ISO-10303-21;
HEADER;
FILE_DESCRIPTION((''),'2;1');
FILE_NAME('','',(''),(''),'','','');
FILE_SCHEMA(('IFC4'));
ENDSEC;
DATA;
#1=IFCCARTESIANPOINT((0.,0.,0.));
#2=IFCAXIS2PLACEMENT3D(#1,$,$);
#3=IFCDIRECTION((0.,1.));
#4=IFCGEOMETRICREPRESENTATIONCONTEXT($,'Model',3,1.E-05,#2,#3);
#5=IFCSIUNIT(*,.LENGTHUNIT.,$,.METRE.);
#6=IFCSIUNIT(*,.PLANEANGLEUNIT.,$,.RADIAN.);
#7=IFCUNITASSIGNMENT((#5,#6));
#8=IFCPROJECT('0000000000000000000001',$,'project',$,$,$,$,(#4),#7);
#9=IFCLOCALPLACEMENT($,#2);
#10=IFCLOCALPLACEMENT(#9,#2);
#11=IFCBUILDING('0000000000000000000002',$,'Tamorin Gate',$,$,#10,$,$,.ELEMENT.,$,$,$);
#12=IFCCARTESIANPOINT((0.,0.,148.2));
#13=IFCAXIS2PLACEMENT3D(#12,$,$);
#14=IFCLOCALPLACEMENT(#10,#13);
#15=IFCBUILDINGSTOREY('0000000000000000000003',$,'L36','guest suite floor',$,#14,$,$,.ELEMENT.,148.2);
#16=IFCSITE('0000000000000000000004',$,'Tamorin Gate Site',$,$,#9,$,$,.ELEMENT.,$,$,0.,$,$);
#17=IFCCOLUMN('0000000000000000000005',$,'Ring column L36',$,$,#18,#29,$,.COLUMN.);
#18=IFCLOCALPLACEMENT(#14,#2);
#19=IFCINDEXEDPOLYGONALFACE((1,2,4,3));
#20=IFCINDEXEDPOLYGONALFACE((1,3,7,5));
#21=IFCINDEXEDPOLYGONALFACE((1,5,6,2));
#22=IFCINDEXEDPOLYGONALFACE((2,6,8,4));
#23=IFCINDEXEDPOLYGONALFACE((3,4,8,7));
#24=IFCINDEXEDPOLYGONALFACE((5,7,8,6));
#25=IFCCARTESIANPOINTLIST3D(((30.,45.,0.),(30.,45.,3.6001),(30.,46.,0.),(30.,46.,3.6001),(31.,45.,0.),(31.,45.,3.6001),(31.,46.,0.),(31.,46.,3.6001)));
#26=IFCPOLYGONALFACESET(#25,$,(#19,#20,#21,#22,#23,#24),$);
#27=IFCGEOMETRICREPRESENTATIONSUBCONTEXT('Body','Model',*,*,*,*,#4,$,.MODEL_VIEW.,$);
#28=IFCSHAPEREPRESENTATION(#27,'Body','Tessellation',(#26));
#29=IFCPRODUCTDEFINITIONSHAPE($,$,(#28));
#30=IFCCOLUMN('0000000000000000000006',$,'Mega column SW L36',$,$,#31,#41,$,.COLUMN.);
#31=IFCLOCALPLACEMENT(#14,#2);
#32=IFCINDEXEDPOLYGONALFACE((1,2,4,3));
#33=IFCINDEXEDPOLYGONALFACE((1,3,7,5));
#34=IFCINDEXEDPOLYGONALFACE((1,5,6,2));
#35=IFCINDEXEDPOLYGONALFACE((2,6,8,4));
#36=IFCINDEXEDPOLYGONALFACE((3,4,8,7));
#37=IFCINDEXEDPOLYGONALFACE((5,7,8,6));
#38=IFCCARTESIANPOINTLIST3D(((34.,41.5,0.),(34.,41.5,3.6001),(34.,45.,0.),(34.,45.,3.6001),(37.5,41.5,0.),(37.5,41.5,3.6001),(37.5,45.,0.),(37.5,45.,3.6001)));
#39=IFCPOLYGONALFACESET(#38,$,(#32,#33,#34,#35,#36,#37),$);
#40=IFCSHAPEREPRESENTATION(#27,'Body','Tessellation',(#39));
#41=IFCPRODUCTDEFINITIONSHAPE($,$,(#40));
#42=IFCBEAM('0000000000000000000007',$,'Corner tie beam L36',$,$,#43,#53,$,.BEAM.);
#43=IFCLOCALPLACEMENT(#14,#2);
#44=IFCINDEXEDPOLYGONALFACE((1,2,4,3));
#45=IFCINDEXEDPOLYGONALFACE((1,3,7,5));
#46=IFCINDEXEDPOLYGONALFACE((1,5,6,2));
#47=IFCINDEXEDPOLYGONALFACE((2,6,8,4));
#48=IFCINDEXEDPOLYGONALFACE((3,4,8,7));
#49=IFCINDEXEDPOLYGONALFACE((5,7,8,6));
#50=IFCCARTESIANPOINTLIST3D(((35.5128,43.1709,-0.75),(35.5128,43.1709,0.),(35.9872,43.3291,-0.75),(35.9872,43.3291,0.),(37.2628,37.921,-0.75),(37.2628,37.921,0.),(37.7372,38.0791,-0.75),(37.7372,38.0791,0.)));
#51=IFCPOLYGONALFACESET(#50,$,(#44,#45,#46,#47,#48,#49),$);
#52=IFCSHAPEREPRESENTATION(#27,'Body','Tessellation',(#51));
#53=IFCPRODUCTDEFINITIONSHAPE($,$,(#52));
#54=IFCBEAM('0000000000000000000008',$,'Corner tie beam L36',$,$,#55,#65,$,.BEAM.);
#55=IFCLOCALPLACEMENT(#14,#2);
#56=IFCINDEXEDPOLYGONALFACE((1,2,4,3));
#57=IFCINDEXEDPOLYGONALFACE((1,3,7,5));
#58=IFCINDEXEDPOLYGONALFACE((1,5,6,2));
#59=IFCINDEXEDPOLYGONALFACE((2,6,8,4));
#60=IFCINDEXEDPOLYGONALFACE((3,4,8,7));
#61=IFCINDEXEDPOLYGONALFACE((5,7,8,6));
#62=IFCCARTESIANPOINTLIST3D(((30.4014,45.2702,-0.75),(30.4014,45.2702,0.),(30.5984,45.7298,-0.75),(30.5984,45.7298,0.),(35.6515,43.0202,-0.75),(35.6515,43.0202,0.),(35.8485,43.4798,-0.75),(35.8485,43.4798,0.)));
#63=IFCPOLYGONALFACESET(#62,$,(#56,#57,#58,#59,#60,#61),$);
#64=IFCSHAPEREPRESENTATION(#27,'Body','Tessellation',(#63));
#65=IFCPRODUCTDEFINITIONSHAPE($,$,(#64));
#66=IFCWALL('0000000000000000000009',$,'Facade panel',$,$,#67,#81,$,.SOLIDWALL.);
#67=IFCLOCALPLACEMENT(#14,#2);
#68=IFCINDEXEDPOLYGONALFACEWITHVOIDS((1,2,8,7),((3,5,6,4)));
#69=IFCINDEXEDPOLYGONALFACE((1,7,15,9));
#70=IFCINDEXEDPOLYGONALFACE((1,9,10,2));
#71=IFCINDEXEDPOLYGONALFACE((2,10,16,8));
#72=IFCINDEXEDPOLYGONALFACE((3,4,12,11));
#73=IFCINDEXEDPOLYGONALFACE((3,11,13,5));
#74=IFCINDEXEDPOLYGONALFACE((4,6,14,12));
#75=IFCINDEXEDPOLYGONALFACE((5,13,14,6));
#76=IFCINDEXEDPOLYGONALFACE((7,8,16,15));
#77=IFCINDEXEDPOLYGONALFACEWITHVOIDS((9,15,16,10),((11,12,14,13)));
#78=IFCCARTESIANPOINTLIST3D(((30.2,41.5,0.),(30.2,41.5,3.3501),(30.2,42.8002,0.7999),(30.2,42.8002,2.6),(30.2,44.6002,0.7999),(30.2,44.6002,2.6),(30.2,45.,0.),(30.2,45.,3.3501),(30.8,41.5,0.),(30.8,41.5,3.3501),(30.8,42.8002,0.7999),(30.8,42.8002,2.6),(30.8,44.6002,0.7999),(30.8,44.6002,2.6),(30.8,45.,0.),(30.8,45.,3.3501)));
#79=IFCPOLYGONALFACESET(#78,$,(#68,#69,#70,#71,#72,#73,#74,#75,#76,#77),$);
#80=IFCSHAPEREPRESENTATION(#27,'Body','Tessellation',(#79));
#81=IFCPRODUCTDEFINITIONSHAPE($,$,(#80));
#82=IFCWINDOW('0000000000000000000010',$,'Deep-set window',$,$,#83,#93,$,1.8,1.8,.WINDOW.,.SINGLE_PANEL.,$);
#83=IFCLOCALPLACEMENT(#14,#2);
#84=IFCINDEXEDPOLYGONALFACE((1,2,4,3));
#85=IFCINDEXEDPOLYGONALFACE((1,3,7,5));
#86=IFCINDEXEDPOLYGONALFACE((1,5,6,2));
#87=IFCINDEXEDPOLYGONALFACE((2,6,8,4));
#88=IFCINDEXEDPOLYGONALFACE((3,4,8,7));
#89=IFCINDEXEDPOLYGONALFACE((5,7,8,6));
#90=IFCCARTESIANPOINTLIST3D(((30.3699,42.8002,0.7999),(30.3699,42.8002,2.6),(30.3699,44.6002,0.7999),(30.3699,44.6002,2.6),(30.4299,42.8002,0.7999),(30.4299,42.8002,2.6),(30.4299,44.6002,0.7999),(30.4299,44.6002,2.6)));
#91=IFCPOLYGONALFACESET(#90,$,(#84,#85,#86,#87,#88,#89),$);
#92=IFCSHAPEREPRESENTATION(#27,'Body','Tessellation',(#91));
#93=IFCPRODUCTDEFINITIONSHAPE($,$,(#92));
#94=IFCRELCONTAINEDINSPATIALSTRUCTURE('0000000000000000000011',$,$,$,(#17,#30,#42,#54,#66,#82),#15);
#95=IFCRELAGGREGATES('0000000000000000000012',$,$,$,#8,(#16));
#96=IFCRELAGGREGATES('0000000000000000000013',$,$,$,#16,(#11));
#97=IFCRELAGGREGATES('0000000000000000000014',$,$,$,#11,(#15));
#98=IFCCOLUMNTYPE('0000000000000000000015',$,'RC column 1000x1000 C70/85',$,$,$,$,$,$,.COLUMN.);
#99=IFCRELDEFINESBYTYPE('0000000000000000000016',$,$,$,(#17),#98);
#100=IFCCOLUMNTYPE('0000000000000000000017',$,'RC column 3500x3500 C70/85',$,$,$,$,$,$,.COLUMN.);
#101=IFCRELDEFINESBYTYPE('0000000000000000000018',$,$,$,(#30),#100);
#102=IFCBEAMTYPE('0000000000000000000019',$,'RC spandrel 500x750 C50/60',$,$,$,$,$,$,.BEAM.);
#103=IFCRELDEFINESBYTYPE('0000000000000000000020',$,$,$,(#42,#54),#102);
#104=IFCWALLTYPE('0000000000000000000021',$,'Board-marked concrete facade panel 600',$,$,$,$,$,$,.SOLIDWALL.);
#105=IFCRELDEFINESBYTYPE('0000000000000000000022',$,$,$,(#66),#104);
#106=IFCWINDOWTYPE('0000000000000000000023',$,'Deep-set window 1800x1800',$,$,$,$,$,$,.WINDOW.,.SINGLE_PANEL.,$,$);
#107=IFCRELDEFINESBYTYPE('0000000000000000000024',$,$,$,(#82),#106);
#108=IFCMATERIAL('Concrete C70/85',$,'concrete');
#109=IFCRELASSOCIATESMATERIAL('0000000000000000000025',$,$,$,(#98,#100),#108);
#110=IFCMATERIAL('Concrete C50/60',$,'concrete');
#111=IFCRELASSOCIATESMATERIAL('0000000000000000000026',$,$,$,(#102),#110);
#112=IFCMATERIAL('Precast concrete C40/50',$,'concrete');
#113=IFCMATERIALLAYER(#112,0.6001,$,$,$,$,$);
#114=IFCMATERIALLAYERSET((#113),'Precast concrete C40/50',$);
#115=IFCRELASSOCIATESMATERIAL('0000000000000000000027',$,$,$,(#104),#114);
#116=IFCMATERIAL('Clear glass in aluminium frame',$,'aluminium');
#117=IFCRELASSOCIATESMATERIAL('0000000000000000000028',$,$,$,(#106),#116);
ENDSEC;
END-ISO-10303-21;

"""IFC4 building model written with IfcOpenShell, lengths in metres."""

from ifc_helpers import new_model, si_unit, direction, frame, frame_2d, origin, origin_2d, place, context, subcontext, project, spatial, rectangle, extrude, material, layer, layer_set, material_profile, profile_set, type_object, element, fill, save


model = new_model("IFC4")

# Units and contexts
model_context = context("Model", 3, precision=1e-05, world=origin(), true_north=direction((0.0, 1.0)))
body_context = subcontext(model_context, "Body", "Model", "MODEL_VIEW")
ifc_project = project(units=[si_unit("LENGTHUNIT", "METRE"), si_unit("PLANEANGLEUNIT", "RADIAN")], contexts=[model_context])

# Site, building, storey
site_placement = place(None, origin())
site = spatial("IfcSite", under=ifc_project, at=site_placement, Name="Tamorin Gate Site", CompositionType="ELEMENT", RefElevation=0.0)
building_placement = place(site_placement, origin())
building = spatial("IfcBuilding", under=site, at=building_placement, Name="Tamorin Gate", CompositionType="ELEMENT")
storey_placement = place(building_placement, frame((0.0, 0.0, 148.2)))
storey = spatial("IfcBuildingStorey", under=building, at=storey_placement, Name="L36", Description="guest suite floor", CompositionType="ELEMENT", Elevation=148.2)

# Columns
ifc_material_1 = material(Name="Concrete C70/85", Category="concrete")
ifc_material_profile_1 = material_profile(ifc_material_1, rectangle(XDim=1.0, YDim=1.0, at=origin_2d()), Name="RC 1000x1000")
ifc_profile_set_1 = profile_set([ifc_material_profile_1], Name="Concrete C70/85")
column_type_1 = type_object("IfcColumnType", Name="RC column 1000x1000 C70/85", PredefinedType="COLUMN", material=ifc_profile_set_1)
column_1_placement = place(storey_placement, frame((30.5, 45.5, 0.0), z_axis=(0.0, 0.0, 1.0), x_axis=(1.0, 0.0, 0.0)))
element("IfcColumn", 1, at=column_1_placement, inside=storey, type_object=column_type_1, Name="Ring column L36", PredefinedType="COLUMN", context=body_context, shape_type="SweptSolid", body=[
    extrude(rectangle(XDim=1.0, YDim=1.0, at=origin_2d()), origin(), (0.0, 0.0, 1.0), 3.6001),
])
ifc_material_profile_2 = material_profile(ifc_material_1, rectangle(XDim=3.5, YDim=3.5, at=origin_2d()), Name="RC 3500x3500")
ifc_profile_set_2 = profile_set([ifc_material_profile_2], Name="Concrete C70/85")
column_type_2 = type_object("IfcColumnType", Name="RC column 3500x3500 C70/85", PredefinedType="COLUMN", material=ifc_profile_set_2)
column_2_placement = place(storey_placement, frame((35.75, 43.25, 0.0), z_axis=(0.0, 0.0, 1.0), x_axis=(1.0, 0.0, 0.0)))
element("IfcColumn", 2, at=column_2_placement, inside=storey, type_object=column_type_2, Name="Mega column SW L36", PredefinedType="COLUMN", context=body_context, shape_type="SweptSolid", body=[
    extrude(rectangle(XDim=3.5, YDim=3.5, at=origin_2d()), origin(), (0.0, 0.0, 1.0), 3.6001),
])

# Beams
ifc_material_2 = material(Name="Concrete C50/60", Category="concrete")
ifc_material_profile_3 = material_profile(ifc_material_2, rectangle(XDim=0.5, YDim=0.75, at=origin_2d()), Name="RC 500x750")
ifc_profile_set_3 = profile_set([ifc_material_profile_3], Name="Concrete C50/60")
beam_type = type_object("IfcBeamType", Name="RC spandrel 500x750 C50/60", PredefinedType="BEAM", material=ifc_profile_set_3)
beam_1_placement = place(storey_placement, frame((35.75, 43.25, -0.375), z_axis=(0.316228, -0.948683, 0.0), x_axis=(0.948683, 0.316228, 0.0)))
element("IfcBeam", 3, at=beam_1_placement, inside=storey, type_object=beam_type, Name="Corner tie beam L36", PredefinedType="BEAM", context=body_context, shape_type="SweptSolid", body=[
    extrude(rectangle(XDim=0.5, YDim=0.75, at=origin_2d()), origin(), (0.0, 0.0, 1.0), 5.5339),
])
beam_2_placement = place(storey_placement, frame((35.75, 43.25, -0.375), z_axis=(-0.919145, 0.393919, 0.0), x_axis=(-0.393919, -0.919145, 0.0)))
element("IfcBeam", 4, at=beam_2_placement, inside=storey, type_object=beam_type, Name="Corner tie beam L36", PredefinedType="BEAM", context=body_context, shape_type="SweptSolid", body=[
    extrude(rectangle(XDim=0.5, YDim=0.75, at=origin_2d()), origin(), (0.0, 0.0, 1.0), 5.7119),
])

# Wall, opening, window
ifc_material_3 = material(Name="Precast concrete C40/50", Category="concrete")
ifc_layer_1 = layer(ifc_material_3, 0.6001)
ifc_layer_set_1 = layer_set([ifc_layer_1], Name="Precast concrete C40/50")
wall_type_1 = type_object("IfcWallType", Name="Board-marked concrete facade panel 600", PredefinedType="SOLIDWALL", material=ifc_layer_set_1)
wall_1_placement = place(storey_placement, frame((30.5, 45.0, 0.0), z_axis=(0.0, 0.0, 1.0), x_axis=(0.0, -1.0, 0.0)))
wall_1 = element("IfcWall", 5, at=wall_1_placement, inside=storey, type_object=wall_type_1, Name="Facade panel", PredefinedType="SOLIDWALL", context=body_context, shape_type="SweptSolid", body=[
    extrude(rectangle(XDim=3.5, YDim=0.6001, at=frame_2d((1.75, 0.0))), origin(), (0.0, 0.0, 1.0), 3.3501),
])
opening_1_placement = place(wall_1_placement, frame((0.3999, 0.0, 0.8)))
opening_1 = element("IfcOpeningElement", 6, at=opening_1_placement, cuts=wall_1, PredefinedType="OPENING", context=body_context, shape_type="SweptSolid", body=[
    extrude(rectangle(XDim=1.8, YDim=1.8, at=frame_2d((0.8999, 0.8999))), frame((0.0, 0.3101, 0.0), z_axis=(0.0, -1.0, 0.0), x_axis=(1.0, 0.0, 0.0)), (0.0, 0.0, 1.0), 0.6201),
])
ifc_material_4 = material(Name="Clear glass in aluminium frame", Category="aluminium")
window_type = type_object("IfcWindowType", Name="Deep-set window 1800x1800", PartitioningType="SINGLE_PANEL", PredefinedType="WINDOW", material=ifc_material_4)
window_placement = place(opening_1_placement, origin())
window = element("IfcWindow", 7, at=window_placement, inside=storey, type_object=window_type, Name="Deep-set window", OverallHeight=1.8, OverallWidth=1.8, PartitioningType="SINGLE_PANEL", PredefinedType="WINDOW", context=body_context, shape_type="SweptSolid", body=[
    extrude(rectangle(XDim=1.8, YDim=1.8, at=frame_2d((0.8999, 0.8999))), frame((0.0, -0.0701, 0.0), z_axis=(0.0, -1.0, 0.0), x_axis=(1.0, 0.0, 0.0)), (0.0, 0.0, 1.0), 0.0601),
])
fill(opening_1, window)

save(model, "model.ifc")
